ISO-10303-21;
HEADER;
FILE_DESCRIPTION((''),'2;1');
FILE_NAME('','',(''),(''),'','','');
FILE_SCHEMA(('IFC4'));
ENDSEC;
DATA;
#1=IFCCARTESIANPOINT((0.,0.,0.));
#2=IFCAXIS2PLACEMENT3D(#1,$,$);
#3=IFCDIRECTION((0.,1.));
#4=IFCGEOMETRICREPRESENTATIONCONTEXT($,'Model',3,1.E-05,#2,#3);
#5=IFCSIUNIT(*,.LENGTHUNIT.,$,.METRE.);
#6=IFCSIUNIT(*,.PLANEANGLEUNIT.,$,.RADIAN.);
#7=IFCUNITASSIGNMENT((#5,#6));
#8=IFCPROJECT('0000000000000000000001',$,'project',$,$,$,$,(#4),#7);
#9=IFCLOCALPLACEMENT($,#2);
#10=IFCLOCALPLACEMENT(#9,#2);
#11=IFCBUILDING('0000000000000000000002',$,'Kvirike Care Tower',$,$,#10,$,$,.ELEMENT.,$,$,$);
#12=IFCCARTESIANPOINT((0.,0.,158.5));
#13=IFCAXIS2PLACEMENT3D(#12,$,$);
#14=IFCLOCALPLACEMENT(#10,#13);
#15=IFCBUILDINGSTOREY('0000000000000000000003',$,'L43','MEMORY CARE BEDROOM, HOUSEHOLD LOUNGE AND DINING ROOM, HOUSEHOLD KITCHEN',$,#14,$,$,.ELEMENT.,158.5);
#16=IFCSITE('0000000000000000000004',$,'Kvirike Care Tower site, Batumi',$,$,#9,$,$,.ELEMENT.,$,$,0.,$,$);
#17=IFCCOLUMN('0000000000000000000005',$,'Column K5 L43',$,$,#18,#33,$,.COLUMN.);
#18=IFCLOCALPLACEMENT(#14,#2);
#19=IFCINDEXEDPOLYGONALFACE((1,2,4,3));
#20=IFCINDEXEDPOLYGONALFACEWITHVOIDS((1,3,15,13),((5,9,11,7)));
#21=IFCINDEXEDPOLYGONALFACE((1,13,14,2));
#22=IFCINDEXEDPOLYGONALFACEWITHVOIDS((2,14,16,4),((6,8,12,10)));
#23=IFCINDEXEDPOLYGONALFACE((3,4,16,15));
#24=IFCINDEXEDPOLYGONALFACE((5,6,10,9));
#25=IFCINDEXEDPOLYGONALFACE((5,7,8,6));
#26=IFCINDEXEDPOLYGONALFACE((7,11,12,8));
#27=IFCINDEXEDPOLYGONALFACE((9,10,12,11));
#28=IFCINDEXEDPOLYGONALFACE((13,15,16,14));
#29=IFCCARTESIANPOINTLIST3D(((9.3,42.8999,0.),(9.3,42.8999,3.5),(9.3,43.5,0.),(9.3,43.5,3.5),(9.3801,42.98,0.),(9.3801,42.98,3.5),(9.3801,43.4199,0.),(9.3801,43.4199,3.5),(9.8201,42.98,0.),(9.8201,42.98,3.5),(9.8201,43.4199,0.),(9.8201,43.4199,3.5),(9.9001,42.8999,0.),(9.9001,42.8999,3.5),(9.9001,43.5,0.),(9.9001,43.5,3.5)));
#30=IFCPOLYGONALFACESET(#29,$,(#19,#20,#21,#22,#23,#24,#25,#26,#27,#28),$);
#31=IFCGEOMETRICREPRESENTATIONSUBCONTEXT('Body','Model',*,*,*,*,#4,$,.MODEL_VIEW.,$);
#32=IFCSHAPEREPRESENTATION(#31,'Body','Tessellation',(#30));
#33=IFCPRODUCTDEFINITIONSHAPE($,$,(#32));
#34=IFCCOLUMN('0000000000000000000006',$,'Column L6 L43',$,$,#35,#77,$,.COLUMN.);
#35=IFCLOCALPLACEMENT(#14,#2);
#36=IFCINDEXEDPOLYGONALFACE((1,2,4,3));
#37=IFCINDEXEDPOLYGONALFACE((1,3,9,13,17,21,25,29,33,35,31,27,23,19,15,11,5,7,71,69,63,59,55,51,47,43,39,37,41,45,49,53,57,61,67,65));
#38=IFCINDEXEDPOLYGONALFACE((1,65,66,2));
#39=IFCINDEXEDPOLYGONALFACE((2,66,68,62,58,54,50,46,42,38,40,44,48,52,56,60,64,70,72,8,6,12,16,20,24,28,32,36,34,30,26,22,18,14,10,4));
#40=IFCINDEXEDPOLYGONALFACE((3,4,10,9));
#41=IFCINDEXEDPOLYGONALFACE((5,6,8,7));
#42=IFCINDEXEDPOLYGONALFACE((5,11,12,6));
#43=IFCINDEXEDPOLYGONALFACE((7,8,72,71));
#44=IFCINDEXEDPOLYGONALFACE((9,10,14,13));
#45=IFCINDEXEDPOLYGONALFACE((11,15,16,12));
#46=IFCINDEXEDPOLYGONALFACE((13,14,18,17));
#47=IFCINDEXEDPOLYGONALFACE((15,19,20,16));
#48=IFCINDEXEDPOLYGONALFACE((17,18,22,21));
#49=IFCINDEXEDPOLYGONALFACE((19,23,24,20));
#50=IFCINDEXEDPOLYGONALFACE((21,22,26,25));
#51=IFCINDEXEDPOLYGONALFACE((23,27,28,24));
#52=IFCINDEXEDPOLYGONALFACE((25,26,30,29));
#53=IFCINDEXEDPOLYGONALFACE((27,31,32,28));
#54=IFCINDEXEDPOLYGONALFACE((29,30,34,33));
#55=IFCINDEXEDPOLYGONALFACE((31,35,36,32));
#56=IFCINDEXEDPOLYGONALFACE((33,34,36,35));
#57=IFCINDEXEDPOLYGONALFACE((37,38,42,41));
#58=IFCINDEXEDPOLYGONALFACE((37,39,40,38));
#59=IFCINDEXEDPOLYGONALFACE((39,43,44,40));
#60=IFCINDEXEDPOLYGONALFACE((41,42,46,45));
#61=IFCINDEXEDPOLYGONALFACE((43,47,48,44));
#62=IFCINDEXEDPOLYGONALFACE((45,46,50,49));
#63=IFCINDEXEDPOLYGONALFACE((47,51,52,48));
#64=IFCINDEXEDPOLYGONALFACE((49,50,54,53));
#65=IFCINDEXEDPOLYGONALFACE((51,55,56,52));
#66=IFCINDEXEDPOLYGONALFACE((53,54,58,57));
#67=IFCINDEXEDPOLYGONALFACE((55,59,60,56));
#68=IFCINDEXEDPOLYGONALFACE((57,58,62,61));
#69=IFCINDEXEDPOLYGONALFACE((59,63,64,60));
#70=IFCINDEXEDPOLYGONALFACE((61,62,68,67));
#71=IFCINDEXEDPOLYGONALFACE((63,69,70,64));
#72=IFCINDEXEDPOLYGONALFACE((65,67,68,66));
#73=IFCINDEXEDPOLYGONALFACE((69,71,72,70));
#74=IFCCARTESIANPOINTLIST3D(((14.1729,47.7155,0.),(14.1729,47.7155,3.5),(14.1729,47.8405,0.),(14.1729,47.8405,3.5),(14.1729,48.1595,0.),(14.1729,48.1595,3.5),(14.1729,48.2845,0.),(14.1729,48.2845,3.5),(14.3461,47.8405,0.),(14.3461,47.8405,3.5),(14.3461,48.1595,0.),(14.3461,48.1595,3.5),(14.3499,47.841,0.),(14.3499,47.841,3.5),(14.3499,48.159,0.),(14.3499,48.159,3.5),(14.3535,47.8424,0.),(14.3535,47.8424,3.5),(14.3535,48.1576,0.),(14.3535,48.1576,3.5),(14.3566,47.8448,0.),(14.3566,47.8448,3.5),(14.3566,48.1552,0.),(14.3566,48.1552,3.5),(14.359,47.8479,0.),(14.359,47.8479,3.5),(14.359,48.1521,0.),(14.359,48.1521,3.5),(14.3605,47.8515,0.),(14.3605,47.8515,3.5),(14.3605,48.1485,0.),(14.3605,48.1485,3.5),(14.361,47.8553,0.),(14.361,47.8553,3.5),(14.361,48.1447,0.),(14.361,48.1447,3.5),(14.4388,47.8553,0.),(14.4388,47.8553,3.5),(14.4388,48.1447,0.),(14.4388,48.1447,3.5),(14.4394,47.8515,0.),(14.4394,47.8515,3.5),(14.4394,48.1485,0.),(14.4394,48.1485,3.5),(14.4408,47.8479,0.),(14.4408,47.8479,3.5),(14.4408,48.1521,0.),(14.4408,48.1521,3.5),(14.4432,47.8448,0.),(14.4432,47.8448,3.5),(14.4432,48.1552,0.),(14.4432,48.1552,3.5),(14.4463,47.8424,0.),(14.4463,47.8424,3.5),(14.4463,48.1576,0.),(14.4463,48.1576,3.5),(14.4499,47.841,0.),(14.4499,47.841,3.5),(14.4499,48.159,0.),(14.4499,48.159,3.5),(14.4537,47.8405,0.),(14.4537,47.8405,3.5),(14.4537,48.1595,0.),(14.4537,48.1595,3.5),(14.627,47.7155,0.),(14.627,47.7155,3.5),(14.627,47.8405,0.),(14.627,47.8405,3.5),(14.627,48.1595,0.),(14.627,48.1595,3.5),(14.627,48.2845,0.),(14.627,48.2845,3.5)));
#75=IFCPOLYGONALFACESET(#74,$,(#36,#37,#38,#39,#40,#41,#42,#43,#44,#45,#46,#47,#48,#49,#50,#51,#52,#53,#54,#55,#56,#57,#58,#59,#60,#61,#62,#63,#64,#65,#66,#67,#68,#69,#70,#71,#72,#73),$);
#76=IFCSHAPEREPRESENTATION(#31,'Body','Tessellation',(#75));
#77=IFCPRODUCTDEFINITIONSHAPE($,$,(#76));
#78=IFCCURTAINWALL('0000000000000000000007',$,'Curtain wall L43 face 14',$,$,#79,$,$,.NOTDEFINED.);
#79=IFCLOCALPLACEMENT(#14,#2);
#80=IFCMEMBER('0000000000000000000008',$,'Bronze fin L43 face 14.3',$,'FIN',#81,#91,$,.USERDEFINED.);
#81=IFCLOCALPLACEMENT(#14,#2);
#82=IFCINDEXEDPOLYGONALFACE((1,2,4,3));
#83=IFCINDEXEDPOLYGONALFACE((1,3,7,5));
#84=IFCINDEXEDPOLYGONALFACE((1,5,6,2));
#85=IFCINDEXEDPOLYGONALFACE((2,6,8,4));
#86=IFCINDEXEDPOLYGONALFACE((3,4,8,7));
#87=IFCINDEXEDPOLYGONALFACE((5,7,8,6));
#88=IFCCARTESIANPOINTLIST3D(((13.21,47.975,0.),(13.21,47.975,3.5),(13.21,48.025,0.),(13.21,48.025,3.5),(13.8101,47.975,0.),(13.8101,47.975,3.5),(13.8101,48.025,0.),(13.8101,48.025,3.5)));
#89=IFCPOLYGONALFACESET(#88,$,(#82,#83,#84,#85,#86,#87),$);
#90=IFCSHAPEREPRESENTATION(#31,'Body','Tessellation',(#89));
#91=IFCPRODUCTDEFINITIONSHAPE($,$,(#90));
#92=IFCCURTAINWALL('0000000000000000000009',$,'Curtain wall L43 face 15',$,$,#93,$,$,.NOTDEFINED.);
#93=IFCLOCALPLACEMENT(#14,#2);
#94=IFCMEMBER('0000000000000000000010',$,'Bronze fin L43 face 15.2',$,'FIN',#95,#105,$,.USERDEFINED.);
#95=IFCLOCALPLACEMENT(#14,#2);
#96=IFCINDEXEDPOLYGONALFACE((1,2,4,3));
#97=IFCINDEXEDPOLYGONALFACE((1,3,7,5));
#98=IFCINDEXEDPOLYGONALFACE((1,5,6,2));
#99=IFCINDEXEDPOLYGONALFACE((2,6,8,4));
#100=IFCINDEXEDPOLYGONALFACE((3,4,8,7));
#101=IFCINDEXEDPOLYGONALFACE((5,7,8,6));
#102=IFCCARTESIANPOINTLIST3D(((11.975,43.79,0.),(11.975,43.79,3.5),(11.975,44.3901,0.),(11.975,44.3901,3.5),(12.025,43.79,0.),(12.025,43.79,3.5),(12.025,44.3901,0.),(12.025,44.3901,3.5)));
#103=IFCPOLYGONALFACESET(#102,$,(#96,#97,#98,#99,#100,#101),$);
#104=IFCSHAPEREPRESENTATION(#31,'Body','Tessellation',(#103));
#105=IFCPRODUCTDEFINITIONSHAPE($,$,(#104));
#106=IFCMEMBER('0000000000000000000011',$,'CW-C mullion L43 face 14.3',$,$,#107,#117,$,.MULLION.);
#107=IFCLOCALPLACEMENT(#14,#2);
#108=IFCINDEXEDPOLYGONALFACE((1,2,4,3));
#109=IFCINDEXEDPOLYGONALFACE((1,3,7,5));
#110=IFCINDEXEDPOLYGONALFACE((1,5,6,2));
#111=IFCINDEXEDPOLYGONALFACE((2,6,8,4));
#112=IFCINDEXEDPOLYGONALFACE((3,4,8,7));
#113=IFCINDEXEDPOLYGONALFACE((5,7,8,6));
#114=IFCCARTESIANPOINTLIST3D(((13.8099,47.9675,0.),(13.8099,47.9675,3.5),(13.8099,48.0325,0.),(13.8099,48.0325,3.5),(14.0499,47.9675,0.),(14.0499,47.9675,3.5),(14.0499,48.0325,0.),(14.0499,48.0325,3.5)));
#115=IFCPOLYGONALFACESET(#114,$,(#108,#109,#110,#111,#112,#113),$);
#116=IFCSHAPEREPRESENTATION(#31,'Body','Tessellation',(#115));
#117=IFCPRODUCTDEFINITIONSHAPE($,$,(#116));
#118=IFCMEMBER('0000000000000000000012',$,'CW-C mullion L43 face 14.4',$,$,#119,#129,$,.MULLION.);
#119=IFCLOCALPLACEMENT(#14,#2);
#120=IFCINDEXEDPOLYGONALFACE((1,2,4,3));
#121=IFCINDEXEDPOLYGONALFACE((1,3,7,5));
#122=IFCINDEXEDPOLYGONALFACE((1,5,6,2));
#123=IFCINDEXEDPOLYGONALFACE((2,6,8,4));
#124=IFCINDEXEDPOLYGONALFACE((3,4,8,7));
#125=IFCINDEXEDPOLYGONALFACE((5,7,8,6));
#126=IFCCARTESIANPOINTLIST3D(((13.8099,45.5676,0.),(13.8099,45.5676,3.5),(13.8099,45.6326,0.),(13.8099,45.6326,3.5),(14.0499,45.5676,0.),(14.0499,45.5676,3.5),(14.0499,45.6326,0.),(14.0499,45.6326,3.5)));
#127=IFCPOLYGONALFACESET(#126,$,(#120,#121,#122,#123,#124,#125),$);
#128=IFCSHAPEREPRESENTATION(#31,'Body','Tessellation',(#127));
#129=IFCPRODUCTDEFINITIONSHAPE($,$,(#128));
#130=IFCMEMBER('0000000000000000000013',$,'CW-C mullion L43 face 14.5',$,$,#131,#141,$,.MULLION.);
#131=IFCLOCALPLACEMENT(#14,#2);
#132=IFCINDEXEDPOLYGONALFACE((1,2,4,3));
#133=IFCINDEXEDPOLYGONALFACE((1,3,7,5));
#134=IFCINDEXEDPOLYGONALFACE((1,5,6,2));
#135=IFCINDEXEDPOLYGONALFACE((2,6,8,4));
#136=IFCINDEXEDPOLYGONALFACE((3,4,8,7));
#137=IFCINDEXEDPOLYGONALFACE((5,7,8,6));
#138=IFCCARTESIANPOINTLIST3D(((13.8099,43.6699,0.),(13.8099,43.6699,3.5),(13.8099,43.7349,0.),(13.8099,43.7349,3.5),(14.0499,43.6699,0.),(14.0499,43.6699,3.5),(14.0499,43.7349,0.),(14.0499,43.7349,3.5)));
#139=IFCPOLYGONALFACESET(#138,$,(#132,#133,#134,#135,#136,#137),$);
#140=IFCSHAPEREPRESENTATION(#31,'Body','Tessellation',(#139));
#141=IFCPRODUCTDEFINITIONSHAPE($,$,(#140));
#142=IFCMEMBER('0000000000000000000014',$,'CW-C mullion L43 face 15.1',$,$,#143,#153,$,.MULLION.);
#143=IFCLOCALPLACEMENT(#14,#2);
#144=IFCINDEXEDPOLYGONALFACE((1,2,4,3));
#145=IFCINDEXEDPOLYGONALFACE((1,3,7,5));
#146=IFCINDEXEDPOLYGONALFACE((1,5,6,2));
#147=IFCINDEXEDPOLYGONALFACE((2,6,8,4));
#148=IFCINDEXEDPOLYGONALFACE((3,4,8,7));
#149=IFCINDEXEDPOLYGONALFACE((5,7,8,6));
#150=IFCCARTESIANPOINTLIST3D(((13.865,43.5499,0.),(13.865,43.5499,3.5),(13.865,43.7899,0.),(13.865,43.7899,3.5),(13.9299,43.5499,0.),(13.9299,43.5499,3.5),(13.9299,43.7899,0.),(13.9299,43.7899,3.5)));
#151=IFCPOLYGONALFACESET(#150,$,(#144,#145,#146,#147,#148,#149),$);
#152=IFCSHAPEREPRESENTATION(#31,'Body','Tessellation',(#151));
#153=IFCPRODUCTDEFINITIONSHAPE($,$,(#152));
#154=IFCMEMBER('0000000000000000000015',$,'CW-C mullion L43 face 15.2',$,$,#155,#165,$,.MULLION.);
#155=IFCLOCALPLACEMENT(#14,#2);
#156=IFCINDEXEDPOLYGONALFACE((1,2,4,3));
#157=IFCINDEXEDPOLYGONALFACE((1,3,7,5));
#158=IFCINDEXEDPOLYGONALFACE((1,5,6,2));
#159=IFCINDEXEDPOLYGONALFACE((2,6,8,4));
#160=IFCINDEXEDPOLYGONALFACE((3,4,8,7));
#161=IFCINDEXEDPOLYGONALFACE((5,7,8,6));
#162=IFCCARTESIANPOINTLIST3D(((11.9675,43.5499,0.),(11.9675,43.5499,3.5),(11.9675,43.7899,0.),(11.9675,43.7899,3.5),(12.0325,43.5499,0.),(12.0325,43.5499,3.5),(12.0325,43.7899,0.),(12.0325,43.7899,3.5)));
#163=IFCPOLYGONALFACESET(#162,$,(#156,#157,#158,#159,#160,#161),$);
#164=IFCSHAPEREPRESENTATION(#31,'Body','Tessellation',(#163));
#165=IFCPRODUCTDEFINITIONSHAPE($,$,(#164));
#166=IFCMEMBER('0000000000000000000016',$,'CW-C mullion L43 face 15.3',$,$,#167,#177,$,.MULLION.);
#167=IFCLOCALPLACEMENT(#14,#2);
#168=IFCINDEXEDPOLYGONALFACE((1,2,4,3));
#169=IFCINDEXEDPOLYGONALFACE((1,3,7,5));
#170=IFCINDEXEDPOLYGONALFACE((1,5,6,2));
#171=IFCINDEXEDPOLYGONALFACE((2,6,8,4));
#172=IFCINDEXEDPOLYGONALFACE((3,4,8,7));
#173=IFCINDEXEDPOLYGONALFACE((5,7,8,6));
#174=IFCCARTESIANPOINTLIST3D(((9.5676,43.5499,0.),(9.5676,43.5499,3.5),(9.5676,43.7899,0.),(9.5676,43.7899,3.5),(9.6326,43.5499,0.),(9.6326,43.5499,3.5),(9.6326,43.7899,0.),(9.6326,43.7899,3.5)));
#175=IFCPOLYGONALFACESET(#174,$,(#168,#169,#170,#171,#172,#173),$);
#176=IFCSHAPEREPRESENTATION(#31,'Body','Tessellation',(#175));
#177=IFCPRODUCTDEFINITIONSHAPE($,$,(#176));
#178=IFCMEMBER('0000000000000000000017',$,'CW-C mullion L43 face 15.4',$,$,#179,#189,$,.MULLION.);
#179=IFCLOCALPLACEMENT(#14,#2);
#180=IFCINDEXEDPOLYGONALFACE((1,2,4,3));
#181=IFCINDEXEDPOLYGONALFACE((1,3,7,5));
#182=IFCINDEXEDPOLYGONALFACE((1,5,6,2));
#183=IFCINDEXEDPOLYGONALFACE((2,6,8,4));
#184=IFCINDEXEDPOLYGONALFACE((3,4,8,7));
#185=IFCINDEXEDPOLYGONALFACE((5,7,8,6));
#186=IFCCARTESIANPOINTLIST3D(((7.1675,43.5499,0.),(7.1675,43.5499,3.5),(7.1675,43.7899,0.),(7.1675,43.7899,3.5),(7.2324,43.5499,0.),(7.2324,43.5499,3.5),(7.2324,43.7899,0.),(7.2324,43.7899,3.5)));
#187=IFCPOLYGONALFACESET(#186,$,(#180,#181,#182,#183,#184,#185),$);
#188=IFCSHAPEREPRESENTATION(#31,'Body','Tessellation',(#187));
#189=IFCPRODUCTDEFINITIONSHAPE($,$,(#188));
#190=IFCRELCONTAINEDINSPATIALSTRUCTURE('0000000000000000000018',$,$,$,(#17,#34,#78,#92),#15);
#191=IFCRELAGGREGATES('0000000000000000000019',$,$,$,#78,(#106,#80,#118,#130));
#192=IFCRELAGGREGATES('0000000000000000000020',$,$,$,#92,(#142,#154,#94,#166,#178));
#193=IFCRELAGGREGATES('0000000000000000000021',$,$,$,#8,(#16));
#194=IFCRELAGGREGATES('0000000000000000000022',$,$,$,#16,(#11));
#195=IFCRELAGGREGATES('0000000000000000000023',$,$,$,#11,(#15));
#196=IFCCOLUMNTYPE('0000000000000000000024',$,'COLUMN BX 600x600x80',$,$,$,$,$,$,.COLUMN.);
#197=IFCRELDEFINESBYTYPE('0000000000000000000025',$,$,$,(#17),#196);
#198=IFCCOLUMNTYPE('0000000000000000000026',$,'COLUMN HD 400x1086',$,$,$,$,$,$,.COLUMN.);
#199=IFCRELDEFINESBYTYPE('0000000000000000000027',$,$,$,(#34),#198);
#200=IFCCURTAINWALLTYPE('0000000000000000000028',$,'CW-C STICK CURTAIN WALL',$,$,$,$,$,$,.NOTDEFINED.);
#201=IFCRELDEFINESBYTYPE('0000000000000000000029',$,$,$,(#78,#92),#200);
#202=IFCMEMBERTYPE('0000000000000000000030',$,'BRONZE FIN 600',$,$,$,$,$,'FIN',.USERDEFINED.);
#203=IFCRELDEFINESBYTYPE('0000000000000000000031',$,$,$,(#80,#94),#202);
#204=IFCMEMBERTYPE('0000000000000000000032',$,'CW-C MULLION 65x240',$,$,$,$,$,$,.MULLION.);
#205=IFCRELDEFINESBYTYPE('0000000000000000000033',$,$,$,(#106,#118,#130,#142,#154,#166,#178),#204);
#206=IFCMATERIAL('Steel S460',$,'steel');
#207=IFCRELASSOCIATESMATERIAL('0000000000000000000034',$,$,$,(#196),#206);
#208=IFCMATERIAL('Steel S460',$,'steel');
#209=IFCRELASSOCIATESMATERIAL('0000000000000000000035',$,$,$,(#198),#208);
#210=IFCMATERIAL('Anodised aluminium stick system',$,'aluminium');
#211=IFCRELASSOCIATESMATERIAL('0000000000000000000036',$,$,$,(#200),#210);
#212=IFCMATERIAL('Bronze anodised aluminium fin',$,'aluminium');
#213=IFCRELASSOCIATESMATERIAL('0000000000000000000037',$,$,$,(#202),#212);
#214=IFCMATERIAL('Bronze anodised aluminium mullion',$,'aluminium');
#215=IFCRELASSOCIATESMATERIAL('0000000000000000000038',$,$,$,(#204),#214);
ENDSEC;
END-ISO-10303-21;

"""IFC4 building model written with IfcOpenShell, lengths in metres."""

from ifc_helpers import new_model, si_unit, direction, frame, origin, origin_2d, place, context, subcontext, project, spatial, rectangle, hollow_rectangle, i_section, extrude, material, material_profile, profile_set, type_object, element, aggregate, save


model = new_model("IFC4")

# Units and contexts
model_context = context("Model", 3, precision=1e-05, world=origin(), true_north=direction((0.0, 1.0)))
body_context = subcontext(model_context, "Body", "Model", "MODEL_VIEW")
ifc_project = project(units=[si_unit("LENGTHUNIT", "METRE"), si_unit("PLANEANGLEUNIT", "RADIAN")], contexts=[model_context])

# Site, building, storey
site_placement = place(None, origin())
site = spatial("IfcSite", under=ifc_project, at=site_placement, Name="Kvirike Care Tower site, Batumi", CompositionType="ELEMENT", RefElevation=0.0)
building_placement = place(site_placement, origin())
building = spatial("IfcBuilding", under=site, at=building_placement, Name="Kvirike Care Tower", CompositionType="ELEMENT")
storey_placement = place(building_placement, frame((0.0, 0.0, 158.5)))
storey = spatial("IfcBuildingStorey", under=building, at=storey_placement, Name="L43", Description="MEMORY CARE BEDROOM, HOUSEHOLD LOUNGE AND DINING ROOM, HOUSEHOLD KITCHEN", CompositionType="ELEMENT", Elevation=158.5)

# Columns
ifc_material_1 = material(Name="Steel S460", Category="steel")
ifc_material_profile_1 = material_profile(ifc_material_1, hollow_rectangle(XDim=0.6001, YDim=0.6001, WallThickness=0.0801, at=origin_2d()), Name="BX 600x600x80")
ifc_profile_set_1 = profile_set([ifc_material_profile_1], Name="Steel S460")
column_type_1 = type_object("IfcColumnType", Name="COLUMN BX 600x600x80", PredefinedType="COLUMN", material=ifc_profile_set_1)
column_1_placement = place(storey_placement, frame((9.6001, 43.2, 0.0), z_axis=(0.0, 0.0, 1.0), x_axis=(0.0, 1.0, 0.0)))
element("IfcColumn", 1, at=column_1_placement, inside=storey, type_object=column_type_1, Name="Column K5 L43", PredefinedType="COLUMN", context=body_context, shape_type="SweptSolid", body=[
    extrude(hollow_rectangle(XDim=0.6001, YDim=0.6001, WallThickness=0.0801, at=origin_2d()), origin(), (0.0, 0.0, 1.0), 3.5),
])
ifc_material_2 = material(Name="Steel S460", Category="steel")
ifc_material_profile_2 = material_profile(ifc_material_2, i_section(OverallWidth=0.4541, OverallDepth=0.5691, WebThickness=0.0779, FlangeThickness=0.125, FilletRadius=0.0149, at=origin_2d()), Name="HD 400x1086")
ifc_profile_set_2 = profile_set([ifc_material_profile_2], Name="Steel S460")
column_type_2 = type_object("IfcColumnType", Name="COLUMN HD 400x1086", PredefinedType="COLUMN", material=ifc_profile_set_2)
column_2_placement = place(storey_placement, frame((14.3999, 48.0, 0.0), z_axis=(0.0, 0.0, 1.0), x_axis=(1.0, 0.0, 0.0)))
element("IfcColumn", 2, at=column_2_placement, inside=storey, type_object=column_type_2, Name="Column L6 L43", PredefinedType="COLUMN", context=body_context, shape_type="SweptSolid", body=[
    extrude(i_section(OverallWidth=0.4541, OverallDepth=0.5691, WebThickness=0.0779, FlangeThickness=0.125, FilletRadius=0.0149, at=origin_2d()), origin(), (0.0, 0.0, 1.0), 3.5),
])

# Curtain walls, members
ifc_material_3 = material(Name="Anodised aluminium stick system", Category="aluminium")
curtain_wall_type = type_object("IfcCurtainWallType", Name="CW-C STICK CURTAIN WALL", PredefinedType="NOTDEFINED", material=ifc_material_3)
curtain_wall_1_placement = place(storey_placement, origin())
curtain_wall_1 = element("IfcCurtainWall", 3, at=curtain_wall_1_placement, inside=storey, type_object=curtain_wall_type, Name="Curtain wall L43 face 14", PredefinedType="NOTDEFINED")
ifc_material_4 = material(Name="Bronze anodised aluminium fin", Category="aluminium")
ifc_material_profile_3 = material_profile(ifc_material_4, rectangle(XDim=0.05, YDim=0.6001, at=origin_2d()), Name="BRONZE FIN 600")
ifc_profile_set_3 = profile_set([ifc_material_profile_3], Name="Bronze anodised aluminium fin")
member_type_1 = type_object("IfcMemberType", Name="BRONZE FIN 600", ElementType="FIN", PredefinedType="USERDEFINED", material=ifc_profile_set_3)
member_1_placement = place(storey_placement, frame((13.51, 48.0, 0.0), z_axis=(0.0, 0.0, 1.0), x_axis=(0.0, -1.0, 0.0)))
member_1 = element("IfcMember", 4, at=member_1_placement, type_object=member_type_1, Name="Bronze fin L43 face 14.3", ObjectType="FIN", PredefinedType="USERDEFINED", context=body_context, shape_type="SweptSolid", body=[
    extrude(rectangle(XDim=0.05, YDim=0.6001, at=origin_2d()), origin(), (0.0, 0.0, 1.0), 3.5),
])
curtain_wall_2_placement = place(storey_placement, origin())
curtain_wall_2 = element("IfcCurtainWall", 5, at=curtain_wall_2_placement, inside=storey, type_object=curtain_wall_type, Name="Curtain wall L43 face 15", PredefinedType="NOTDEFINED")
member_2_placement = place(storey_placement, frame((12.0, 44.0901, 0.0), z_axis=(0.0, 0.0, 1.0), x_axis=(-1.0, 0.0, 0.0)))
member_2 = element("IfcMember", 6, at=member_2_placement, type_object=member_type_1, Name="Bronze fin L43 face 15.2", ObjectType="FIN", PredefinedType="USERDEFINED", context=body_context, shape_type="SweptSolid", body=[
    extrude(rectangle(XDim=0.05, YDim=0.6001, at=origin_2d()), origin(), (0.0, 0.0, 1.0), 3.5),
])

# Members
ifc_material_5 = material(Name="Bronze anodised aluminium mullion", Category="aluminium")
ifc_material_profile_4 = material_profile(ifc_material_5, rectangle(XDim=0.0649, YDim=0.24, at=origin_2d()), Name="CW-C MULLION 65x240")
ifc_profile_set_4 = profile_set([ifc_material_profile_4], Name="Bronze anodised aluminium mullion")
member_type_2 = type_object("IfcMemberType", Name="CW-C MULLION 65x240", PredefinedType="MULLION", material=ifc_profile_set_4)
member_3_placement = place(storey_placement, frame((13.9299, 48.0, 0.0), z_axis=(0.0, 0.0, 1.0), x_axis=(0.0, -1.0, 0.0)))
member_3 = element("IfcMember", 7, at=member_3_placement, type_object=member_type_2, Name="CW-C mullion L43 face 14.3", PredefinedType="MULLION", context=body_context, shape_type="SweptSolid", body=[
    extrude(rectangle(XDim=0.0649, YDim=0.24, at=origin_2d()), origin(), (0.0, 0.0, 1.0), 3.5),
])
member_4_placement = place(storey_placement, frame((13.9299, 45.6001, 0.0), z_axis=(0.0, 0.0, 1.0), x_axis=(0.0, -1.0, 0.0)))
member_4 = element("IfcMember", 8, at=member_4_placement, type_object=member_type_2, Name="CW-C mullion L43 face 14.4", PredefinedType="MULLION", context=body_context, shape_type="SweptSolid", body=[
    extrude(rectangle(XDim=0.0649, YDim=0.24, at=origin_2d()), origin(), (0.0, 0.0, 1.0), 3.5),
])
member_5_placement = place(storey_placement, frame((13.9299, 43.7024, 0.0), z_axis=(0.0, 0.0, 1.0), x_axis=(0.0, -1.0, 0.0)))
member_5 = element("IfcMember", 9, at=member_5_placement, type_object=member_type_2, Name="CW-C mullion L43 face 14.5", PredefinedType="MULLION", context=body_context, shape_type="SweptSolid", body=[
    extrude(rectangle(XDim=0.0649, YDim=0.24, at=origin_2d()), origin(), (0.0, 0.0, 1.0), 3.5),
])
member_6_placement = place(storey_placement, frame((13.8975, 43.6699, 0.0), z_axis=(0.0, 0.0, 1.0), x_axis=(-1.0, 0.0, 0.0)))
member_6 = element("IfcMember", 10, at=member_6_placement, type_object=member_type_2, Name="CW-C mullion L43 face 15.1", PredefinedType="MULLION", context=body_context, shape_type="SweptSolid", body=[
    extrude(rectangle(XDim=0.0649, YDim=0.24, at=origin_2d()), origin(), (0.0, 0.0, 1.0), 3.5),
])
member_7_placement = place(storey_placement, frame((12.0, 43.6699, 0.0), z_axis=(0.0, 0.0, 1.0), x_axis=(-1.0, 0.0, 0.0)))
member_7 = element("IfcMember", 11, at=member_7_placement, type_object=member_type_2, Name="CW-C mullion L43 face 15.2", PredefinedType="MULLION", context=body_context, shape_type="SweptSolid", body=[
    extrude(rectangle(XDim=0.0649, YDim=0.24, at=origin_2d()), origin(), (0.0, 0.0, 1.0), 3.5),
])
member_8_placement = place(storey_placement, frame((9.6001, 43.6699, 0.0), z_axis=(0.0, 0.0, 1.0), x_axis=(-1.0, 0.0, 0.0)))
member_8 = element("IfcMember", 12, at=member_8_placement, type_object=member_type_2, Name="CW-C mullion L43 face 15.3", PredefinedType="MULLION", context=body_context, shape_type="SweptSolid", body=[
    extrude(rectangle(XDim=0.0649, YDim=0.24, at=origin_2d()), origin(), (0.0, 0.0, 1.0), 3.5),
])
member_9_placement = place(storey_placement, frame((7.2, 43.6699, 0.0), z_axis=(0.0, 0.0, 1.0), x_axis=(-1.0, 0.0, 0.0)))
member_9 = element("IfcMember", 13, at=member_9_placement, type_object=member_type_2, Name="CW-C mullion L43 face 15.4", PredefinedType="MULLION", context=body_context, shape_type="SweptSolid", body=[
    extrude(rectangle(XDim=0.0649, YDim=0.24, at=origin_2d()), origin(), (0.0, 0.0, 1.0), 3.5),
])

aggregate(curtain_wall_1, [member_3, member_1, member_4, member_5])
aggregate(curtain_wall_2, [member_6, member_7, member_2, member_8, member_9])

save(model, "model.ifc")
